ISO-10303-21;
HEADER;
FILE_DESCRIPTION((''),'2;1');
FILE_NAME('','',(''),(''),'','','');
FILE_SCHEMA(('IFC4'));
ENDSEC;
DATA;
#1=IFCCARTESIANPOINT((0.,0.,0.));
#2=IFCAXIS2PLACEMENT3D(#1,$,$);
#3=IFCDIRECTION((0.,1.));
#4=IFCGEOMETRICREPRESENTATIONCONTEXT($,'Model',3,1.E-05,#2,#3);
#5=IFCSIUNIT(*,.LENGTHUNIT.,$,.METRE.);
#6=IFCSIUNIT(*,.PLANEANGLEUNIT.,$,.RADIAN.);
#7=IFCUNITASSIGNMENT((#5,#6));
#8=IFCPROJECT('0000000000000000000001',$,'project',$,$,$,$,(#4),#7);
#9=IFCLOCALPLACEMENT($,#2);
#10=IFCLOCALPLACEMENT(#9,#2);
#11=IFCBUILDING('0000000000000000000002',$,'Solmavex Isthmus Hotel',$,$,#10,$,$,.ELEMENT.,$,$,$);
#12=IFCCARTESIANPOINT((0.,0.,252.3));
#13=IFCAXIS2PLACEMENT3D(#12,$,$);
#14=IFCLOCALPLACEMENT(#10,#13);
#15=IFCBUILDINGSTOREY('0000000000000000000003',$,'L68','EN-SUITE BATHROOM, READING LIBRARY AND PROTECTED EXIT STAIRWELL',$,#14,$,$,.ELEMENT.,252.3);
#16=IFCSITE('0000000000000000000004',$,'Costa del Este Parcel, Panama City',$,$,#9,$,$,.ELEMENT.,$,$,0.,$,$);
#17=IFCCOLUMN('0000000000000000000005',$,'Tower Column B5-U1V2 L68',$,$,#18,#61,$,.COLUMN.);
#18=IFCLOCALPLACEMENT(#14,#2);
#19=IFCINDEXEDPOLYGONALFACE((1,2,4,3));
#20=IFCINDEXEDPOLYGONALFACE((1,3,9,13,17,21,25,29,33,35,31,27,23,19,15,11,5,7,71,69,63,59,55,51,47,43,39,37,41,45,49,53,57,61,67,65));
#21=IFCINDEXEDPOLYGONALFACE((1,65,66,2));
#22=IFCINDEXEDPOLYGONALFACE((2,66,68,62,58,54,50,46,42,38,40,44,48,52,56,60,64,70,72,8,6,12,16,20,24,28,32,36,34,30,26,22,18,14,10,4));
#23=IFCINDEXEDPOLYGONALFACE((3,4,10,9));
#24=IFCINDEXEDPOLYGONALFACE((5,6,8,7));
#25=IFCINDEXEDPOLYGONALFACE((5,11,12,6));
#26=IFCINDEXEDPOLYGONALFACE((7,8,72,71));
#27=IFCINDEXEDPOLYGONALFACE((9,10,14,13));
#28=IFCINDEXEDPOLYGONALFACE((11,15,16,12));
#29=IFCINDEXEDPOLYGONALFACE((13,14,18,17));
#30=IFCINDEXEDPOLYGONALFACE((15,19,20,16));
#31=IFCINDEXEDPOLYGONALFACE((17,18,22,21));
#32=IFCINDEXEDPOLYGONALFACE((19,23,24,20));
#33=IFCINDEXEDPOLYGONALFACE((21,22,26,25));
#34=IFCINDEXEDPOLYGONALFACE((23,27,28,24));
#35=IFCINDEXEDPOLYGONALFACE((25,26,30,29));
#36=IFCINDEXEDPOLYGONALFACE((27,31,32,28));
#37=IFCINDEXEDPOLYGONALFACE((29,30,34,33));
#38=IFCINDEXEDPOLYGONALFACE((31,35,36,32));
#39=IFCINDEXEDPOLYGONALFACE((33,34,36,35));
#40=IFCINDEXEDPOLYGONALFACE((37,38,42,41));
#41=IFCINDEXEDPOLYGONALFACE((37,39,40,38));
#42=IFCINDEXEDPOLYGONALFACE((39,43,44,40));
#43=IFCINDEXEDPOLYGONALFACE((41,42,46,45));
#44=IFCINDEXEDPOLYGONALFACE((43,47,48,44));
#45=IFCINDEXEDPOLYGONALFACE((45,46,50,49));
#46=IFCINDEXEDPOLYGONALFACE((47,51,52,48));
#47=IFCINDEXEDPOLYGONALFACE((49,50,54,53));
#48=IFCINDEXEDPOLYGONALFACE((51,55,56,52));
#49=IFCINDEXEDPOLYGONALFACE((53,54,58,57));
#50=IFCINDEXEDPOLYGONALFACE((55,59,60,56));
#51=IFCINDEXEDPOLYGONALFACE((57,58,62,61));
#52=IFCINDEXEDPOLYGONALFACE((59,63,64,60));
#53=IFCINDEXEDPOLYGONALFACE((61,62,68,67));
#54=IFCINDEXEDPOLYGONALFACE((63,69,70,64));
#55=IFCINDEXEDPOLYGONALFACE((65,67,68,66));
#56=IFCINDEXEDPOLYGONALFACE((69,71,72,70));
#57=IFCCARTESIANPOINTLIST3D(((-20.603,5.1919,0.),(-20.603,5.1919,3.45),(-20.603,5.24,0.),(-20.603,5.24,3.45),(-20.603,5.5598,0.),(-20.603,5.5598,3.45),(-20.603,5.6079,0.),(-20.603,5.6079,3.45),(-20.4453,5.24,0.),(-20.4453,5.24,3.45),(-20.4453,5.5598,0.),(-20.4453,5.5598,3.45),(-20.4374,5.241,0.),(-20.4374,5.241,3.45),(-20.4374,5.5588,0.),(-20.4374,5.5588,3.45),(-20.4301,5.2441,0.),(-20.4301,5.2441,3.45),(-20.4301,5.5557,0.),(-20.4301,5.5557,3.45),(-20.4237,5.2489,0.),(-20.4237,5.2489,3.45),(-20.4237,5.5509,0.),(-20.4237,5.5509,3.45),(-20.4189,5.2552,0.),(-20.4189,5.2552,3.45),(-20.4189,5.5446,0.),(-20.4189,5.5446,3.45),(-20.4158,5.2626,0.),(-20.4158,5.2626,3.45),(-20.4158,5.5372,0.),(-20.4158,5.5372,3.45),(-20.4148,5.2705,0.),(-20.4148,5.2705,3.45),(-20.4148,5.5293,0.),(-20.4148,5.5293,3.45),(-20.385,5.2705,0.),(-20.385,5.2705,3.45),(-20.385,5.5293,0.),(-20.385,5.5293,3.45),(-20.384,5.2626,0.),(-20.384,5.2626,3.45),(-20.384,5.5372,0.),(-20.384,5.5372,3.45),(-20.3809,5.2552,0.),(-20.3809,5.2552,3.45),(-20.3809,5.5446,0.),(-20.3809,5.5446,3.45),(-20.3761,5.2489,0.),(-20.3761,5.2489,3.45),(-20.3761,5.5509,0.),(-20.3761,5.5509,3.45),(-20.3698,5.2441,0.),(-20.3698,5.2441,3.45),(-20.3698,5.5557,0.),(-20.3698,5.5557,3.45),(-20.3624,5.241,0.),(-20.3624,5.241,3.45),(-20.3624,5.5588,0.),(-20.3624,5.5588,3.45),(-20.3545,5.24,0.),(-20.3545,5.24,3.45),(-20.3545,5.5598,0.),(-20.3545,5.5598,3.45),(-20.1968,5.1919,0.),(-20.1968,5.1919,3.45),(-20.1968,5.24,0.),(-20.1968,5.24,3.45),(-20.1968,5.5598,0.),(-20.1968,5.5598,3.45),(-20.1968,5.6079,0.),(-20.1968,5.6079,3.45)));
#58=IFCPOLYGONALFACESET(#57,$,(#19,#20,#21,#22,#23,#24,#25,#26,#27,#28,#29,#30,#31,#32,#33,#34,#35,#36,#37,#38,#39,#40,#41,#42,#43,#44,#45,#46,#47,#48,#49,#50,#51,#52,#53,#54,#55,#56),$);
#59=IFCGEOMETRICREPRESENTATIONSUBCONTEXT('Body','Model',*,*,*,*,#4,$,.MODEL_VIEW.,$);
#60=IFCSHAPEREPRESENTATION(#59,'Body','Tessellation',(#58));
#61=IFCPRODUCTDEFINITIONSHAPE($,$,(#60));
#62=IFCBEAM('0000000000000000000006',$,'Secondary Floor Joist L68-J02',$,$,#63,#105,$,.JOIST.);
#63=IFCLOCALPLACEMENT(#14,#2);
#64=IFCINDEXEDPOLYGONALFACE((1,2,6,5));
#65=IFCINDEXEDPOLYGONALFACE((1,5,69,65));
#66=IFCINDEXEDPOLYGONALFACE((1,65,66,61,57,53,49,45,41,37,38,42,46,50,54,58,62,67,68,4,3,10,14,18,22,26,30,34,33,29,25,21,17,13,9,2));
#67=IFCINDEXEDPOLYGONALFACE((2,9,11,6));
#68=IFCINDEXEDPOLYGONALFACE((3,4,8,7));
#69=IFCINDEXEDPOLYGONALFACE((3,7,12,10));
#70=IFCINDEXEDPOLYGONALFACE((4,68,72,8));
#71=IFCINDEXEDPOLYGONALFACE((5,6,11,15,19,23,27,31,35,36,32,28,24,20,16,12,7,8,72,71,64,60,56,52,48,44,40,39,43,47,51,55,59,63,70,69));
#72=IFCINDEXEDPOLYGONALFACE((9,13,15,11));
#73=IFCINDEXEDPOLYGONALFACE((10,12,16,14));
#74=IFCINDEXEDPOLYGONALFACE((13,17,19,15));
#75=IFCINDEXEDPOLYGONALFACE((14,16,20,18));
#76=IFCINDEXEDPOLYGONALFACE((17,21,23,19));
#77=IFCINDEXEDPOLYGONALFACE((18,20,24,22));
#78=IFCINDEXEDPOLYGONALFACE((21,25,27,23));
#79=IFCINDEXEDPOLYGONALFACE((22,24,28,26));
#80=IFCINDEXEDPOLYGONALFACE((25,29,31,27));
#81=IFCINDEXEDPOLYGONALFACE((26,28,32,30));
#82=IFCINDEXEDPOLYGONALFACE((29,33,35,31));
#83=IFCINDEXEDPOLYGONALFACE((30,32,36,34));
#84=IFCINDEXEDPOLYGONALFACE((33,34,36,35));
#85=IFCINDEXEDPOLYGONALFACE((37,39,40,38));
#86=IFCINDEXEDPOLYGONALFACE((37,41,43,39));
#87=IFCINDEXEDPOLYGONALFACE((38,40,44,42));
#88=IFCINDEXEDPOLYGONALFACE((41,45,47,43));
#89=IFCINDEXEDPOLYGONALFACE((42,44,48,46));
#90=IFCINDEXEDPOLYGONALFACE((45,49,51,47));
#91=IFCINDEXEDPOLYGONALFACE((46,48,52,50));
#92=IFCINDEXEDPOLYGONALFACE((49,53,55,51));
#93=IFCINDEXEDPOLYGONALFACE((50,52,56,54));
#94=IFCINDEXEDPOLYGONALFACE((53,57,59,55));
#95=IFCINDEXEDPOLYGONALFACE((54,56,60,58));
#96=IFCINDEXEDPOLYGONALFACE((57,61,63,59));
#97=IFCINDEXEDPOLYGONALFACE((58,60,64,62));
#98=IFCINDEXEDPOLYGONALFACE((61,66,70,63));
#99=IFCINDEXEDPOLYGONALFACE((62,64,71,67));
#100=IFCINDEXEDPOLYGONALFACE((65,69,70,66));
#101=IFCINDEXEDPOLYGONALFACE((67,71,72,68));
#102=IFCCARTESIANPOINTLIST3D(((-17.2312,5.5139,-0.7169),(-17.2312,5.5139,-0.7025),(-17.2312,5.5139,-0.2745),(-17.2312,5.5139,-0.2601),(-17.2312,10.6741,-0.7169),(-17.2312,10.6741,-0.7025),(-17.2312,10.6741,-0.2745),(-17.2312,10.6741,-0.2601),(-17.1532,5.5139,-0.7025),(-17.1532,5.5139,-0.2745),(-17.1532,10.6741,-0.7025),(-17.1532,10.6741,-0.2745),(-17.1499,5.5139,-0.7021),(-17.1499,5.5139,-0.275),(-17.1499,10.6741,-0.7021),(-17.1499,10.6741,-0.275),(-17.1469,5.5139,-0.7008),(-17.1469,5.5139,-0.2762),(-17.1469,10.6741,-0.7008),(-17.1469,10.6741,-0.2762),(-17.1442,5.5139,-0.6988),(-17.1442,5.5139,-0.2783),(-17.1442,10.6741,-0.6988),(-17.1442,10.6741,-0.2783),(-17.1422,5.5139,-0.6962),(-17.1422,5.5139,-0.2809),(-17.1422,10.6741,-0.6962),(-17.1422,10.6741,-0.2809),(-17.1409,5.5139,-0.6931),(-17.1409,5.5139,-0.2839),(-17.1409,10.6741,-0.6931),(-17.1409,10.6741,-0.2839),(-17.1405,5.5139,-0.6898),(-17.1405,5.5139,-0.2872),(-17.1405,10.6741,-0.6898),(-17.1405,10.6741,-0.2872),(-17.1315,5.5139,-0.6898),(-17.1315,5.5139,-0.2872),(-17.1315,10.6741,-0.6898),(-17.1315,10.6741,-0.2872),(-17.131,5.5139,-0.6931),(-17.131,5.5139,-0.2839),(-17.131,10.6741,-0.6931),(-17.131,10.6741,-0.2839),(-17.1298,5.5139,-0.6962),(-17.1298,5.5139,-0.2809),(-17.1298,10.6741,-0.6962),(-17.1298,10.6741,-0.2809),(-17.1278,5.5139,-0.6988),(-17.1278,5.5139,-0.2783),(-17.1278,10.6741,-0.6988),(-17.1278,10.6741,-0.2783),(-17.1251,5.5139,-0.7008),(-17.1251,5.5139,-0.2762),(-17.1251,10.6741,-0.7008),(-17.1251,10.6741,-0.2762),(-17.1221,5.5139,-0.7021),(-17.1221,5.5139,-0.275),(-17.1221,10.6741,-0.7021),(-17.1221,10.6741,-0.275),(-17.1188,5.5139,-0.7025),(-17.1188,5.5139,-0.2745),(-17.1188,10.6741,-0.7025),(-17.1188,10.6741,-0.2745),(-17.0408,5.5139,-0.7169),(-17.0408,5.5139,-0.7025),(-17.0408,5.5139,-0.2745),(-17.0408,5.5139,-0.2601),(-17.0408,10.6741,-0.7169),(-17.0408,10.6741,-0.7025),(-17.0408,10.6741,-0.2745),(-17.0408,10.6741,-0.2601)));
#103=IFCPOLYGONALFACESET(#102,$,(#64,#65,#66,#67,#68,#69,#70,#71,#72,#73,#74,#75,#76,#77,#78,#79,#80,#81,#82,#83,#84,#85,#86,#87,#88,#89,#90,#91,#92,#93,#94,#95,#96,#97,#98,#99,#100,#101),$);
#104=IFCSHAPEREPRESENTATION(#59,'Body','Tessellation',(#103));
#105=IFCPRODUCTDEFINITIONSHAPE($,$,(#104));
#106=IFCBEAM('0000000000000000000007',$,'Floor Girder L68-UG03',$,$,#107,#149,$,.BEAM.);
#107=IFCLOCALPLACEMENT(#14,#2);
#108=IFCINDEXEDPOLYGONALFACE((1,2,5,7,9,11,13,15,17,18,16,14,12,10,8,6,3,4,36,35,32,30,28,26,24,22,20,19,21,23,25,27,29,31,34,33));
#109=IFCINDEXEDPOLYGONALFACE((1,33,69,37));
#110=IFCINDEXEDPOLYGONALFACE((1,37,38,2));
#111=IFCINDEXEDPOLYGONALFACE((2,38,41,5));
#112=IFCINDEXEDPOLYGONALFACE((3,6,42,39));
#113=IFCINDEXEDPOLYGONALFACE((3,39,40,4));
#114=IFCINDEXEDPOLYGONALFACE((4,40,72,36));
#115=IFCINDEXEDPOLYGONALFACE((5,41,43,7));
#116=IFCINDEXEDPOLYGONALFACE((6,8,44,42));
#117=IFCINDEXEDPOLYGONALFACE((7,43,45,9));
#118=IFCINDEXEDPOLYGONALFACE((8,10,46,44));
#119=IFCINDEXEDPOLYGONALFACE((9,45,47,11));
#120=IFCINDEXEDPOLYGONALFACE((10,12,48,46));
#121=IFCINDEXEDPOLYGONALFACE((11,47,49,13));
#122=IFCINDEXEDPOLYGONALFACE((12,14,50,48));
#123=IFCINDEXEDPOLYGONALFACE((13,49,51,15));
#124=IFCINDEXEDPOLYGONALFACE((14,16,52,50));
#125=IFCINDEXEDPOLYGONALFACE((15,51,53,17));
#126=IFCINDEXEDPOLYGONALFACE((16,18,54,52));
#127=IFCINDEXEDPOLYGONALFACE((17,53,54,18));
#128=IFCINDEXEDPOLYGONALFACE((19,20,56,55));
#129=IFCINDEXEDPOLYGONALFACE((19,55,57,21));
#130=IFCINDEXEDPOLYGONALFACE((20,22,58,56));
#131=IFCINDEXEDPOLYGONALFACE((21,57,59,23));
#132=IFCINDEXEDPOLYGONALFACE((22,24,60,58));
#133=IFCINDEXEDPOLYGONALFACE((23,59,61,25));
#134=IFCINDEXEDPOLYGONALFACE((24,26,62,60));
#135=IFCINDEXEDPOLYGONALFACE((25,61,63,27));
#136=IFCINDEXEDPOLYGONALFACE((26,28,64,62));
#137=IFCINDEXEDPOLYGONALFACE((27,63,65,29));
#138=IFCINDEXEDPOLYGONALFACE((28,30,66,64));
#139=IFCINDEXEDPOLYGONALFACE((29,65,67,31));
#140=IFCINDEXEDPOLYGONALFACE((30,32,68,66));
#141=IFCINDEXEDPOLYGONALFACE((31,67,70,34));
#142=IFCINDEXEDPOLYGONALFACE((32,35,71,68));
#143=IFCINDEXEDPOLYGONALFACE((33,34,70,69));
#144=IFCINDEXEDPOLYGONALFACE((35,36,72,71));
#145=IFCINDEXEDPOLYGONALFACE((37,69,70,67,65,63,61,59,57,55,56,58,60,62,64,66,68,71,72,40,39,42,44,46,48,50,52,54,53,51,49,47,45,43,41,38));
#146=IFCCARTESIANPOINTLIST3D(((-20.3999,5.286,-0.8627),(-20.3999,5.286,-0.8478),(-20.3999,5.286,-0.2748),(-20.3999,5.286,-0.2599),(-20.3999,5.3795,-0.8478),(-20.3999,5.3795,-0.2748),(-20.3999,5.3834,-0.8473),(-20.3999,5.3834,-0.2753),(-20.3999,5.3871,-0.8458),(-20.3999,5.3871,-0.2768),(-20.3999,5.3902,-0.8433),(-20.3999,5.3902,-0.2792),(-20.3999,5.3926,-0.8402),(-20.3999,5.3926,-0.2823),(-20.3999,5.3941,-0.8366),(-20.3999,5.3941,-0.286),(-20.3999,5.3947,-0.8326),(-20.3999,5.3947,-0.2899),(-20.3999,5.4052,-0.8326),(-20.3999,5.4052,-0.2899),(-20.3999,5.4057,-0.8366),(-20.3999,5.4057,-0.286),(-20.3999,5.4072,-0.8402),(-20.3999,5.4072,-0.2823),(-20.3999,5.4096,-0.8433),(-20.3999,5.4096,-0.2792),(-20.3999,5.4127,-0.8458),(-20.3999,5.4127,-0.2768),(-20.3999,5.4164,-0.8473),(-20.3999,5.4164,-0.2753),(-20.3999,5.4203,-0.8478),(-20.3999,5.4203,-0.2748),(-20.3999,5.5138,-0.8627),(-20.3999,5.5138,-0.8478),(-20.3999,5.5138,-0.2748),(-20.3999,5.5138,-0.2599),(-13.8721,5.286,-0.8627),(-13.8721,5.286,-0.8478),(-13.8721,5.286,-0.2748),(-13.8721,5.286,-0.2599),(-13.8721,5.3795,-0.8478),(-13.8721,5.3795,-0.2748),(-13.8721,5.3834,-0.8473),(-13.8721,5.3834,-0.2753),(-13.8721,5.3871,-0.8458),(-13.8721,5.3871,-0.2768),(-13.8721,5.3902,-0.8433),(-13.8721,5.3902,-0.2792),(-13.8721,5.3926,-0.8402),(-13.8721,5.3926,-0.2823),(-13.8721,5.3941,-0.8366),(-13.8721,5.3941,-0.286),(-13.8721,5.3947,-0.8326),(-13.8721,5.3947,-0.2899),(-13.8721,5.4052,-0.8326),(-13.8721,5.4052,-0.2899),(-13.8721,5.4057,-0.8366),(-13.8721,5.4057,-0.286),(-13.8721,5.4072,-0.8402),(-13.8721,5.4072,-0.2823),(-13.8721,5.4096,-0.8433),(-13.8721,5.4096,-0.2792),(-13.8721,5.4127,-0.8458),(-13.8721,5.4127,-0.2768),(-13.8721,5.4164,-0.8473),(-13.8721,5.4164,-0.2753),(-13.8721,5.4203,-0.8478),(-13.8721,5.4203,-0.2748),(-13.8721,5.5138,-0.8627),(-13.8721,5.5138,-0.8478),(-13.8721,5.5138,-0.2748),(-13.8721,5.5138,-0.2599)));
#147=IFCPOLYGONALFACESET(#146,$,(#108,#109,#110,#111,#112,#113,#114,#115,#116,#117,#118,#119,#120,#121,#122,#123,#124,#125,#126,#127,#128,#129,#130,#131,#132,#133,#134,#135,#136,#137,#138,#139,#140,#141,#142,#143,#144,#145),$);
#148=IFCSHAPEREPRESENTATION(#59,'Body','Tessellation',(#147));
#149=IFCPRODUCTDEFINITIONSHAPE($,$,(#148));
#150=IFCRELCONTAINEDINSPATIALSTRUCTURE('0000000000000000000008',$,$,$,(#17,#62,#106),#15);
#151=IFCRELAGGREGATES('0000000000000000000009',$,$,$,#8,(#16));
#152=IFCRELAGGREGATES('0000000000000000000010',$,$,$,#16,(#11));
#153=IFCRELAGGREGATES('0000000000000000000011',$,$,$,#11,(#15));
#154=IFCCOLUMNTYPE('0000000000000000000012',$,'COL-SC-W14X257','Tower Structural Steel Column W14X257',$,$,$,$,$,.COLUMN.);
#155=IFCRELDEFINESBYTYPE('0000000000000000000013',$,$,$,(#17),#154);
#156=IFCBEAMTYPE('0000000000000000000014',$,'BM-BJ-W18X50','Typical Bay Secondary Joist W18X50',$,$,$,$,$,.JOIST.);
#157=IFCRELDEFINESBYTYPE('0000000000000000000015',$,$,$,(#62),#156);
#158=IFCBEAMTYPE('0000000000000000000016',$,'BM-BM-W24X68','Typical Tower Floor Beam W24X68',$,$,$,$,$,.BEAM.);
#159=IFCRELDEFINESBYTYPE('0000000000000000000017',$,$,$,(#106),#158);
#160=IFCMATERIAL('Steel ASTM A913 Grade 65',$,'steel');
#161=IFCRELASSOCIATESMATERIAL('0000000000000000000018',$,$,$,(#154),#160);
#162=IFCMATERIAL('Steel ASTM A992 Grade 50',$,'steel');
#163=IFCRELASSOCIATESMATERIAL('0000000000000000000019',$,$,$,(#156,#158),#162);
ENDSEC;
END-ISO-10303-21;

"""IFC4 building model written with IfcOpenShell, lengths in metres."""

from ifc_helpers import new_model, si_unit, direction, frame, origin, origin_2d, place, context, subcontext, project, spatial, i_section, extrude, material, material_profile, profile_set, type_object, element, save


model = new_model("IFC4")

# Units and contexts
model_context = context("Model", 3, precision=1e-05, world=origin(), true_north=direction((0.0, 1.0)))
body_context = subcontext(model_context, "Body", "Model", "MODEL_VIEW")
ifc_project = project(units=[si_unit("LENGTHUNIT", "METRE"), si_unit("PLANEANGLEUNIT", "RADIAN")], contexts=[model_context])

# Site, building, storey
site_placement = place(None, origin())
site = spatial("IfcSite", under=ifc_project, at=site_placement, Name="Costa del Este Parcel, Panama City", CompositionType="ELEMENT", RefElevation=0.0)
building_placement = place(site_placement, origin())
building = spatial("IfcBuilding", under=site, at=building_placement, Name="Solmavex Isthmus Hotel", CompositionType="ELEMENT")
storey_placement = place(building_placement, frame((0.0, 0.0, 252.3)))
storey = spatial("IfcBuildingStorey", under=building, at=storey_placement, Name="L68", Description="EN-SUITE BATHROOM, READING LIBRARY AND PROTECTED EXIT STAIRWELL", CompositionType="ELEMENT", Elevation=252.3)

# Column
ifc_material_1 = material(Name="Steel ASTM A913 Grade 65", Category="steel")
ifc_material_profile_1 = material_profile(ifc_material_1, i_section(OverallWidth=0.4062, OverallDepth=0.416, WebThickness=0.0298, FlangeThickness=0.0481, FilletRadius=0.0305, at=origin_2d()), Name="W14X257")
ifc_profile_set_1 = profile_set([ifc_material_profile_1], Name="Steel ASTM A913 Grade 65")
column_type = type_object("IfcColumnType", Name="COL-SC-W14X257", Description="Tower Structural Steel Column W14X257", PredefinedType="COLUMN", material=ifc_profile_set_1)
column_placement = place(storey_placement, frame((-20.3999, 5.3999, 0.0), z_axis=(0.0, 0.0, 1.0), x_axis=(1.0, 0.0, 0.0)))
element("IfcColumn", 1, at=column_placement, inside=storey, type_object=column_type, Name="Tower Column B5-U1V2 L68", PredefinedType="COLUMN", context=body_context, shape_type="SweptSolid", body=[
    extrude(i_section(OverallWidth=0.4062, OverallDepth=0.416, WebThickness=0.0298, FlangeThickness=0.0481, FilletRadius=0.0305, at=origin_2d()), origin(), (0.0, 0.0, 1.0), 3.45),
])

# Beams
ifc_material_2 = material(Name="Steel ASTM A992 Grade 50", Category="steel")
ifc_material_profile_2 = material_profile(ifc_material_2, i_section(OverallWidth=0.1904, OverallDepth=0.4568, WebThickness=0.009, FlangeThickness=0.0144, FilletRadius=0.0127, at=origin_2d()), Name="W18X50")
ifc_profile_set_2 = profile_set([ifc_material_profile_2], Name="Steel ASTM A992 Grade 50")
beam_type_1 = type_object("IfcBeamType", Name="BM-BJ-W18X50", Description="Typical Bay Secondary Joist W18X50", PredefinedType="JOIST", material=ifc_profile_set_2)
beam_1_placement = place(storey_placement, frame((-17.136, 5.5139, -0.4885), z_axis=(0.0, 1.0, 0.0), x_axis=(-1.0, 0.0, 0.0)))
element("IfcBeam", 2, at=beam_1_placement, inside=storey, type_object=beam_type_1, Name="Secondary Floor Joist L68-J02", PredefinedType="JOIST", context=body_context, shape_type="SweptSolid", body=[
    extrude(i_section(OverallWidth=0.1904, OverallDepth=0.4568, WebThickness=0.009, FlangeThickness=0.0144, FilletRadius=0.0127, at=origin_2d()), origin(), (0.0, 0.0, 1.0), 5.1602),
])
ifc_material_profile_3 = material_profile(ifc_material_2, i_section(OverallWidth=0.2278, OverallDepth=0.6028, WebThickness=0.0105, FlangeThickness=0.0149, FilletRadius=0.0151, at=origin_2d()), Name="W24X68")
ifc_profile_set_3 = profile_set([ifc_material_profile_3], Name="Steel ASTM A992 Grade 50")
beam_type_2 = type_object("IfcBeamType", Name="BM-BM-W24X68", Description="Typical Tower Floor Beam W24X68", PredefinedType="BEAM", material=ifc_profile_set_3)
beam_2_placement = place(storey_placement, frame((-20.3999, 5.3999, -0.5613), z_axis=(1.0, 0.0, 0.0), x_axis=(0.0, 1.0, 0.0)))
element("IfcBeam", 3, at=beam_2_placement, inside=storey, type_object=beam_type_2, Name="Floor Girder L68-UG03", PredefinedType="BEAM", context=body_context, shape_type="SweptSolid", body=[
    extrude(i_section(OverallWidth=0.2278, OverallDepth=0.6028, WebThickness=0.0105, FlangeThickness=0.0149, FilletRadius=0.0151, at=origin_2d()), origin(), (0.0, 0.0, 1.0), 6.5278),
])

save(model, "model.ifc")
